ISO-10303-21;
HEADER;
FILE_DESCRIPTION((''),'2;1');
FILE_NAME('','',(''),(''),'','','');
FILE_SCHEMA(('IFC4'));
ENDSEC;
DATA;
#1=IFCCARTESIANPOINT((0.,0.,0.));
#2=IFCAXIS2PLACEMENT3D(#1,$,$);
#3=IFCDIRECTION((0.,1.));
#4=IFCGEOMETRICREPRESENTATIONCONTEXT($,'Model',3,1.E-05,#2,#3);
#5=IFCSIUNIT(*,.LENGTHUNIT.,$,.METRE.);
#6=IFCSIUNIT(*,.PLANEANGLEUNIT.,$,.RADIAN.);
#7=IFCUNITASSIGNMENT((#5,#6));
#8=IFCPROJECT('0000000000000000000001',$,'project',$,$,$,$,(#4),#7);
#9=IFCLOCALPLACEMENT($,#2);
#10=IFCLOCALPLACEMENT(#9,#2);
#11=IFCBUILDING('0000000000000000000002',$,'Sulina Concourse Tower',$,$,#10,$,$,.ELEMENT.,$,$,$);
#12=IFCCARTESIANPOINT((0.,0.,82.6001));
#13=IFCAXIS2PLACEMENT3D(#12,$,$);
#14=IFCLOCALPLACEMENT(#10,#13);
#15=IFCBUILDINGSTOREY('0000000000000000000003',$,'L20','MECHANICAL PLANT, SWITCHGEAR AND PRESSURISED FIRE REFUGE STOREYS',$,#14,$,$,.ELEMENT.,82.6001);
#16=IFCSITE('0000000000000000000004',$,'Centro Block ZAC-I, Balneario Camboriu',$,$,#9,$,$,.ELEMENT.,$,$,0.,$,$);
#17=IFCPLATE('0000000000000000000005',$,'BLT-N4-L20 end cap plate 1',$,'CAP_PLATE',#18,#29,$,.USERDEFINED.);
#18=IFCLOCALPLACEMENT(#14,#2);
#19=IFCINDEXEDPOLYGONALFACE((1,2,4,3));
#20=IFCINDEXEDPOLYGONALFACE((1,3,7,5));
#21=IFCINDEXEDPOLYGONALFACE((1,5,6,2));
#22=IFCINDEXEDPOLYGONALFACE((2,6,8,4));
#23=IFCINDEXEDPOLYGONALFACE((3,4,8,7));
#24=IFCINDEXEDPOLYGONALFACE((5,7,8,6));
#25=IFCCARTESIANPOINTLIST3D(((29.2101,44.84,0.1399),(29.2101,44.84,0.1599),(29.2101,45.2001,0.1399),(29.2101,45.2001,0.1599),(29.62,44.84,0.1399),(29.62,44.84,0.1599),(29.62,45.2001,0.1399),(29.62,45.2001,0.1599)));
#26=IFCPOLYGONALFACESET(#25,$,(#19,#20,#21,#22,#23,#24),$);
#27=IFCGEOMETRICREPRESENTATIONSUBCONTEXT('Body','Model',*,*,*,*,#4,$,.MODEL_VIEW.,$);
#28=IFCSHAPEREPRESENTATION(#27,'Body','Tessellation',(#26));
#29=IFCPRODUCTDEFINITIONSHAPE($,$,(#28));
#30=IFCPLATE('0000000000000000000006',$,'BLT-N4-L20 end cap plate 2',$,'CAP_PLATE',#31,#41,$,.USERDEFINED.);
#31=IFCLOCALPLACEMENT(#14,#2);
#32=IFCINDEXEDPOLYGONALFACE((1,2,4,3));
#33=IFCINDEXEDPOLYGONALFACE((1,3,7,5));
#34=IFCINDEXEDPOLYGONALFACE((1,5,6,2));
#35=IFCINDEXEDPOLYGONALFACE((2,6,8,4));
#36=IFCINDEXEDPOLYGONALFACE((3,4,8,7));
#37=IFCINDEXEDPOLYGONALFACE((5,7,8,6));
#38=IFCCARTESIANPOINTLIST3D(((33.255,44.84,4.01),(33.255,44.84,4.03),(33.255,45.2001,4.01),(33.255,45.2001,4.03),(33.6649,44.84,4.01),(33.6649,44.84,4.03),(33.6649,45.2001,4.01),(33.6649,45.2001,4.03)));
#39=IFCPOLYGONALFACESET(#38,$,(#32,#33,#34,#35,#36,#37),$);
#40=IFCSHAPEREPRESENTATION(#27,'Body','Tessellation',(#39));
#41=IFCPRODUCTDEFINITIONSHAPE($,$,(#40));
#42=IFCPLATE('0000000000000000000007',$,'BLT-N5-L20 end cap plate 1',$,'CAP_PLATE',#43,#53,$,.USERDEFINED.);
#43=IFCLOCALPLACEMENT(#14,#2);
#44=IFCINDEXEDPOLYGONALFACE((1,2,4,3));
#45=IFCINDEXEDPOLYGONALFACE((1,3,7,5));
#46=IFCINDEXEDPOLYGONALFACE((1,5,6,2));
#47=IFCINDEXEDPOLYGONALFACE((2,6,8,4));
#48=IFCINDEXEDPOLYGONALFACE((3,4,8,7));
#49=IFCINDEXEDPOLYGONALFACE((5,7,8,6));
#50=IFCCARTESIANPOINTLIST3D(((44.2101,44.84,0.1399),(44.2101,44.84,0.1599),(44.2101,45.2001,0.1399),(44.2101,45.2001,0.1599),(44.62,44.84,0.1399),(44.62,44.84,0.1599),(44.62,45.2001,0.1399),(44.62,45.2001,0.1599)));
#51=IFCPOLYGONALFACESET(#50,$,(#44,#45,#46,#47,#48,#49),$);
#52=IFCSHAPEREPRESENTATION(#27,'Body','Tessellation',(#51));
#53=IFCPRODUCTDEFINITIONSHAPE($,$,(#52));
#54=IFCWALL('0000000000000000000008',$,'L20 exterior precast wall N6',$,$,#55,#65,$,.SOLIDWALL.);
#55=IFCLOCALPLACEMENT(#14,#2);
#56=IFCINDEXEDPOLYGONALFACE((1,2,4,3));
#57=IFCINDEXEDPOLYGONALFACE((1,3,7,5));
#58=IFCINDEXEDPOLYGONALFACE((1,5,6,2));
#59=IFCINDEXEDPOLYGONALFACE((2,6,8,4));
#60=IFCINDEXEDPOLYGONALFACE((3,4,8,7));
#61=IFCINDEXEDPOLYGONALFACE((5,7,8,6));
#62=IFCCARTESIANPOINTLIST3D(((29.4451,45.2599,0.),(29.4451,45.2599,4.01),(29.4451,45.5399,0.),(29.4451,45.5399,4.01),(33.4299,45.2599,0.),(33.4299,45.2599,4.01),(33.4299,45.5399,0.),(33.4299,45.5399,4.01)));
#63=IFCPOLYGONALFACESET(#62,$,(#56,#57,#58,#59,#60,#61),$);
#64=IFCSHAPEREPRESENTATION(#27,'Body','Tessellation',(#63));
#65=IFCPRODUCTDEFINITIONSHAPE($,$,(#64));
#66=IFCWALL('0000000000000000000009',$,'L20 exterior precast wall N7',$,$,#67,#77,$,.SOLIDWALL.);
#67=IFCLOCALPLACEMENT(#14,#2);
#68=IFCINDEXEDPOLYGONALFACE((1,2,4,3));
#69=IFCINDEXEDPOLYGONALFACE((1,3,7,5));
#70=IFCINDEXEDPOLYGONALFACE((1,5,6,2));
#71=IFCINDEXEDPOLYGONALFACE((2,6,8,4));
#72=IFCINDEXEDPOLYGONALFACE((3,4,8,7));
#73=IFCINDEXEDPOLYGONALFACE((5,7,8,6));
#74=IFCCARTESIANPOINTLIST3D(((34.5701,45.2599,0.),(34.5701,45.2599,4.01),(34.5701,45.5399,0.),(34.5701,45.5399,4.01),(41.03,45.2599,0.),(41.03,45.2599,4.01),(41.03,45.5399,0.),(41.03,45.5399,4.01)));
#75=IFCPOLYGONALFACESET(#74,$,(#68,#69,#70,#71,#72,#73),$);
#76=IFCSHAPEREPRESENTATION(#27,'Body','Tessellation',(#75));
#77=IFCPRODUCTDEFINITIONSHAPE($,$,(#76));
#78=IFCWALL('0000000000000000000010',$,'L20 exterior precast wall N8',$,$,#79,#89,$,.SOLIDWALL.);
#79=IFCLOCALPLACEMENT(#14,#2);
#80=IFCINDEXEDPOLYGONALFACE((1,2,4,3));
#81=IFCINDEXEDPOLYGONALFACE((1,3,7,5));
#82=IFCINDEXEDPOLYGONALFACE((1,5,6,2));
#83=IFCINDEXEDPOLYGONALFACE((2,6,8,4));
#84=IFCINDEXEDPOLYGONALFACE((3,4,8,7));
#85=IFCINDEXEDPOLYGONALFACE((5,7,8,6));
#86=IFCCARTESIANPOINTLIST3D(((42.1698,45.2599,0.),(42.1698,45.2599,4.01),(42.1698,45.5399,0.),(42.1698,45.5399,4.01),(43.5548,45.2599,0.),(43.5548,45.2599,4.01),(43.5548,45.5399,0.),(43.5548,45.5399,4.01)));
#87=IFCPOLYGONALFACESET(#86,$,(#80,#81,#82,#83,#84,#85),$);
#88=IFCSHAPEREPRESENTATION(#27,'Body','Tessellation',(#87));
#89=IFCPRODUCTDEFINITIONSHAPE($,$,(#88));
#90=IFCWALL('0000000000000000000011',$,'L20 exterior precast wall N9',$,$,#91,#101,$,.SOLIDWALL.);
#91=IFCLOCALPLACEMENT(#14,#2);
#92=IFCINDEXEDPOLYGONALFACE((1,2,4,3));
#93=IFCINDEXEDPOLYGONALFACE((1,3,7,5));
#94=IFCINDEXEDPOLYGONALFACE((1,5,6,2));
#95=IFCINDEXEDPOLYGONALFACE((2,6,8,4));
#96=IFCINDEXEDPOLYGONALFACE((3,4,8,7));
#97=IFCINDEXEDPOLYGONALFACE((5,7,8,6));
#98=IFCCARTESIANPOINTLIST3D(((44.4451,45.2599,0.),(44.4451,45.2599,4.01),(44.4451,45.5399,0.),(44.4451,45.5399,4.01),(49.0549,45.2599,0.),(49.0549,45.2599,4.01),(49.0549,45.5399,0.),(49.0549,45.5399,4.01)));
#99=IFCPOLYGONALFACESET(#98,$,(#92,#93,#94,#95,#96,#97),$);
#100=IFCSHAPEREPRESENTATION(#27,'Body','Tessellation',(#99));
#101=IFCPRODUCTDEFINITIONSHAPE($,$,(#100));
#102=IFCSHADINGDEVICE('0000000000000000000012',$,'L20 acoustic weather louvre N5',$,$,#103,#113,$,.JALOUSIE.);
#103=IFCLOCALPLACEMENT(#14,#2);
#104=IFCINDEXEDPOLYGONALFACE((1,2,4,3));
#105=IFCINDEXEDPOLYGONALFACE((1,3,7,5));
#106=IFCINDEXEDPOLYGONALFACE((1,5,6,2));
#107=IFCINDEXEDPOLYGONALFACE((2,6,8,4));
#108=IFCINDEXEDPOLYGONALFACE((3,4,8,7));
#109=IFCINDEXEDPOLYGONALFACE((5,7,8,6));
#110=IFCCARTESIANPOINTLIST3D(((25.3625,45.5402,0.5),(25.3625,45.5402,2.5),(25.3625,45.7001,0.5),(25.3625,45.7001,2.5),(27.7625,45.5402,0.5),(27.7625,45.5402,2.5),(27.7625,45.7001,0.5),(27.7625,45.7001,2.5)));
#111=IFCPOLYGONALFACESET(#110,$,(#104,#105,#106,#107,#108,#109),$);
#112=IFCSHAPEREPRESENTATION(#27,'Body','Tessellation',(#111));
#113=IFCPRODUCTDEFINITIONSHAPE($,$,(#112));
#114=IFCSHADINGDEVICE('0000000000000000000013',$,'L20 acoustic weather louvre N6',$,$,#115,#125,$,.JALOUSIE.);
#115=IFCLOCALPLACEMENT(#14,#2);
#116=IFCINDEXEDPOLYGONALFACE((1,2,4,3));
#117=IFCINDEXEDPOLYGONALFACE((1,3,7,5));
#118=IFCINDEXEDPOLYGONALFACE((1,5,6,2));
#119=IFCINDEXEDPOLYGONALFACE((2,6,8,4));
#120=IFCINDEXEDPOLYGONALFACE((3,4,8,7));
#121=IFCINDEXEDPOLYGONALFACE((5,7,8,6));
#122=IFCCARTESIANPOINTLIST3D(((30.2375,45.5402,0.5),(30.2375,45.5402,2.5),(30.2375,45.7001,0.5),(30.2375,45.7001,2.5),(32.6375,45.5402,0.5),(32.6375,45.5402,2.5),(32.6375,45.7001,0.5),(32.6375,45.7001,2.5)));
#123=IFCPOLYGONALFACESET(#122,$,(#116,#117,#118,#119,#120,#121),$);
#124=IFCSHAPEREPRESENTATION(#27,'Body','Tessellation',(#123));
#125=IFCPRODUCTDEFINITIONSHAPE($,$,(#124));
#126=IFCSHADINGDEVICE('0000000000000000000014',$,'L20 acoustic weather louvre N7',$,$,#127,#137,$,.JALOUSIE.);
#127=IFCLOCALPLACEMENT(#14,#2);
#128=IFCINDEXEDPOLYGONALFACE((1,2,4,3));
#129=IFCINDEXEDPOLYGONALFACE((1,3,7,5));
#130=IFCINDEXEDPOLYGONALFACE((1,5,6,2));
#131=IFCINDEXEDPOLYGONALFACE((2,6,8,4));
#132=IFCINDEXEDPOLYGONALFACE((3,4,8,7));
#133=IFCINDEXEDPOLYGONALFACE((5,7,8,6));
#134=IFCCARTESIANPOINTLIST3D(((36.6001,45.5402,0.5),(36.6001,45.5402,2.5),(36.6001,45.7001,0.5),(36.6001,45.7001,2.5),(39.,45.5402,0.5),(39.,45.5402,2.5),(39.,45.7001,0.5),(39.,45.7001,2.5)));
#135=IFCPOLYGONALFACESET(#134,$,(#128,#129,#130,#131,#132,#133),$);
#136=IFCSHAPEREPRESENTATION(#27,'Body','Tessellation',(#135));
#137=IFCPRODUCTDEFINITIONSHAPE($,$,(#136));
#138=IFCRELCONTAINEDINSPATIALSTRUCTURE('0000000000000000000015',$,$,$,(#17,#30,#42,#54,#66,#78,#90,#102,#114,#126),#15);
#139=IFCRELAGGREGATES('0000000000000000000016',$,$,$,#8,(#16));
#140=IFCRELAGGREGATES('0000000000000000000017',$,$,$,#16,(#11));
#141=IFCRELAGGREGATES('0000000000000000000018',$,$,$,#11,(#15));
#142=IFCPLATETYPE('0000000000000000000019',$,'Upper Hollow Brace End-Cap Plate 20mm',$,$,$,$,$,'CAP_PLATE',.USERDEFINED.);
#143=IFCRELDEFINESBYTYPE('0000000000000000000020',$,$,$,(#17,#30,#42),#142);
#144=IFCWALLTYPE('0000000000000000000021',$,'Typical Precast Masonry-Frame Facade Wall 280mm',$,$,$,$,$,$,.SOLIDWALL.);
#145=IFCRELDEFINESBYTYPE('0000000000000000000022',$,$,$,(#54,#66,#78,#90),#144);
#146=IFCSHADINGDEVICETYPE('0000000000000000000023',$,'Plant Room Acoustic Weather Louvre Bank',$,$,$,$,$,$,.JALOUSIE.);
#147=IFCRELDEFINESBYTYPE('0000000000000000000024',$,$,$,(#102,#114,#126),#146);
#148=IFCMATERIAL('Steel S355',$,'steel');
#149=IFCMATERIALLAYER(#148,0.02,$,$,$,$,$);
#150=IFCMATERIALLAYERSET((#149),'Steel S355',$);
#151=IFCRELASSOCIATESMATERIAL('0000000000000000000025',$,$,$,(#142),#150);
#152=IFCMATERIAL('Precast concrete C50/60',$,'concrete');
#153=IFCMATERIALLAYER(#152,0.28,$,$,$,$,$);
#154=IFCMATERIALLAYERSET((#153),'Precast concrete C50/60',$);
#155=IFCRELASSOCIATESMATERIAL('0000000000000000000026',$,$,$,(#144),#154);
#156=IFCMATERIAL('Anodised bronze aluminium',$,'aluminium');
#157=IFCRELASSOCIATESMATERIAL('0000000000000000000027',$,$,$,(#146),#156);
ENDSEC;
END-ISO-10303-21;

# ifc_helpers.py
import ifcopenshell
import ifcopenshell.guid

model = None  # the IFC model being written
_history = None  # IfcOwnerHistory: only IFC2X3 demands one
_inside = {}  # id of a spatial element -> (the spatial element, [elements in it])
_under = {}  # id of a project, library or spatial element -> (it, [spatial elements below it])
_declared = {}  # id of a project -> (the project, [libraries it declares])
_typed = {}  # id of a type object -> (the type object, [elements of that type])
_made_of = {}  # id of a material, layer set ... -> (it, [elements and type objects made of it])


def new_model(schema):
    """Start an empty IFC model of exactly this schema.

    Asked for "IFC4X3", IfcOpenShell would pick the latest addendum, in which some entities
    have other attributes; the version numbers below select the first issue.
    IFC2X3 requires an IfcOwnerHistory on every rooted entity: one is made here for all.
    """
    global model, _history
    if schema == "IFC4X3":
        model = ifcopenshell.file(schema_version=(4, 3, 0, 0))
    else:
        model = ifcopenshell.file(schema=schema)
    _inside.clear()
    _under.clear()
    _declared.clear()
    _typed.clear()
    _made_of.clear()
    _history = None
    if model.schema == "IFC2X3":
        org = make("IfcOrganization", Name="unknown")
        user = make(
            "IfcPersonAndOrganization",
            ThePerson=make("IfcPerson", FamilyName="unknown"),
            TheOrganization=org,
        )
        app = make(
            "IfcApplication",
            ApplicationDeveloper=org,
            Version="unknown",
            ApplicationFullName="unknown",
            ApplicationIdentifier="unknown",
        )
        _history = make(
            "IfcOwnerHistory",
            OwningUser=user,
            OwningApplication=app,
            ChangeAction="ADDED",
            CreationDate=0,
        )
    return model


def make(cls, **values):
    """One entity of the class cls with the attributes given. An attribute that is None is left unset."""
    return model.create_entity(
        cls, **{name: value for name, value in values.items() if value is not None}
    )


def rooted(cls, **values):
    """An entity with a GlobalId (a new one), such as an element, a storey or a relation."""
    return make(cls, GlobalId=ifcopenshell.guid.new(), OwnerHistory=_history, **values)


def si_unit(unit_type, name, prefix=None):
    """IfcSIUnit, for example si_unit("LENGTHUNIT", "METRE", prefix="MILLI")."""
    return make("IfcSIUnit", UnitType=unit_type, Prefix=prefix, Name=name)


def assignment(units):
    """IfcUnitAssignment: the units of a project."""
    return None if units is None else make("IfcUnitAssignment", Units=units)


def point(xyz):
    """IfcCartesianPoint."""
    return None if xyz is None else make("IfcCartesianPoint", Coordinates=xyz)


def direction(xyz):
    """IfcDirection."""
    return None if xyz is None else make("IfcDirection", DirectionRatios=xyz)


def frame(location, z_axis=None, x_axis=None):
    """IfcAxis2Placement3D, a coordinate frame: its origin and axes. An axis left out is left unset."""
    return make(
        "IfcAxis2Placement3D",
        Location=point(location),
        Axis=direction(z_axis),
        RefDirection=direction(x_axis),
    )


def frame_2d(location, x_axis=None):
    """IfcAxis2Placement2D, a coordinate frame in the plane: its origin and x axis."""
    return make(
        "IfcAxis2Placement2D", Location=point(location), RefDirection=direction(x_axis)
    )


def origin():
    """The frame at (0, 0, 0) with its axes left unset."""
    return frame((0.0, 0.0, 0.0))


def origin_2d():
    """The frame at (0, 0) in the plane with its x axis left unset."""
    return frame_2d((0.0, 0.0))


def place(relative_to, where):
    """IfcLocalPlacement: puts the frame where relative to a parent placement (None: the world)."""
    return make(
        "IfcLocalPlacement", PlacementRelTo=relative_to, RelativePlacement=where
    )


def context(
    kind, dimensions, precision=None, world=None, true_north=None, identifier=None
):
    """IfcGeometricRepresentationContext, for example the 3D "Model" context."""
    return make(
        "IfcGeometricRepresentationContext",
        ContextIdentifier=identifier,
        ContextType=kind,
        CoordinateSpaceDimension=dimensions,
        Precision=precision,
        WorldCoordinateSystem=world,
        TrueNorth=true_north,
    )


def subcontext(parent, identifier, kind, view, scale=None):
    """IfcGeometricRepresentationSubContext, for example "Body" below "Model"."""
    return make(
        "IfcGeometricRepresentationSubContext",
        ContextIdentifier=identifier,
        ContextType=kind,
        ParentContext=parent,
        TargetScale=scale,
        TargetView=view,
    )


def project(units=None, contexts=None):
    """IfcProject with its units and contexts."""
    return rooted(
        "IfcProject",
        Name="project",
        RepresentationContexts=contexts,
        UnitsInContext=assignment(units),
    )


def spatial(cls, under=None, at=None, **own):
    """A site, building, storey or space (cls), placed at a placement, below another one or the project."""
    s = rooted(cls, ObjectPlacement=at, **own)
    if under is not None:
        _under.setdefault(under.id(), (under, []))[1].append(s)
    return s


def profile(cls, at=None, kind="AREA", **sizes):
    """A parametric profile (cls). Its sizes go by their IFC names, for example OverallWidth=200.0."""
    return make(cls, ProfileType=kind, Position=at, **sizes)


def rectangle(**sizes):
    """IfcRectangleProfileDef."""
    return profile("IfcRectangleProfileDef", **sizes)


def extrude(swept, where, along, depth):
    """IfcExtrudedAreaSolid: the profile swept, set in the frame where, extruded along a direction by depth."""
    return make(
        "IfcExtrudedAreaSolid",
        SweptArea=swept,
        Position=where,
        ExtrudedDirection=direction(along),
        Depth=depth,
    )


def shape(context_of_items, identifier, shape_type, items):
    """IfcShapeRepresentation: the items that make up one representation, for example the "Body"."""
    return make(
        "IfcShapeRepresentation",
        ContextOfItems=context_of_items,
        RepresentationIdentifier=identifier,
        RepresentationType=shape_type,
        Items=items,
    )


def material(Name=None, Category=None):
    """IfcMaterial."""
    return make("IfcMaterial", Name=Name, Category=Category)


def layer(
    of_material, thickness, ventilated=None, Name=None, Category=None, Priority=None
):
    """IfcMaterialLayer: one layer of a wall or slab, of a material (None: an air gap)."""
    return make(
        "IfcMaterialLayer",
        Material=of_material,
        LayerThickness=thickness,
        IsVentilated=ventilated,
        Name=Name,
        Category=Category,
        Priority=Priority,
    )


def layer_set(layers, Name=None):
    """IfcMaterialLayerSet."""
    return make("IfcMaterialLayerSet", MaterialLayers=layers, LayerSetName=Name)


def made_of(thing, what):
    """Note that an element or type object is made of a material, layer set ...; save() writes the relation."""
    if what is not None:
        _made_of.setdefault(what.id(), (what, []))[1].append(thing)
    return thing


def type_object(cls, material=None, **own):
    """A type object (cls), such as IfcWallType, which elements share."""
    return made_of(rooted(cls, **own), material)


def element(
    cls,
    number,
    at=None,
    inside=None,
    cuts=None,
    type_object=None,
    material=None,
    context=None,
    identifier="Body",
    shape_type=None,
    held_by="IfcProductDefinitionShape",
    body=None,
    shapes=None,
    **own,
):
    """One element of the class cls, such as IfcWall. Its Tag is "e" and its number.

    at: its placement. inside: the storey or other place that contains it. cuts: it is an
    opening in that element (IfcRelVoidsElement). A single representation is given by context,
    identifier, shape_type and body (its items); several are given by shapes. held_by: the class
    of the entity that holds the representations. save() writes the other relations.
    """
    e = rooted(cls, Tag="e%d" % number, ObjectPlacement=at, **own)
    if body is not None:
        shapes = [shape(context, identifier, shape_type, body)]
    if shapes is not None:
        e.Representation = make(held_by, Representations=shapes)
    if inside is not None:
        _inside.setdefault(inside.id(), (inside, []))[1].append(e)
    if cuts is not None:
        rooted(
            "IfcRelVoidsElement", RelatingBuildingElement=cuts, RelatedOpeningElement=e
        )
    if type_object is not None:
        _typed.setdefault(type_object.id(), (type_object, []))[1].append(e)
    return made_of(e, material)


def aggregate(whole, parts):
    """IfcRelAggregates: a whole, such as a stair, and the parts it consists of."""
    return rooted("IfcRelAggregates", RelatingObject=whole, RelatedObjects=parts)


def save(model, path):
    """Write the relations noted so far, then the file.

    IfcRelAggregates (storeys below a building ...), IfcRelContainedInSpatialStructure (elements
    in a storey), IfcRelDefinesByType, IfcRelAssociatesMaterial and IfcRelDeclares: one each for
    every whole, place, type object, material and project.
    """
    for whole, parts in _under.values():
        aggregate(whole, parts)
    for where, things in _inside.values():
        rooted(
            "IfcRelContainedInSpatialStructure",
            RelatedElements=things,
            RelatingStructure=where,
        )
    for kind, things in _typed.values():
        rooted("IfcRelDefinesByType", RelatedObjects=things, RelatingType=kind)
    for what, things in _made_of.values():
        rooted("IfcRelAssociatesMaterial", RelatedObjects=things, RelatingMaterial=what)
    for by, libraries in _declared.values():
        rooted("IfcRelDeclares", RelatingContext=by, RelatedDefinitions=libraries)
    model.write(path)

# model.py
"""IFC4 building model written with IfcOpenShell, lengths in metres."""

from ifc_helpers import new_model, si_unit, direction, frame, frame_2d, origin, origin_2d, place, context, subcontext, project, spatial, rectangle, extrude, material, layer, layer_set, type_object, element, save


model = new_model("IFC4")

# Units and contexts
model_context = context("Model", 3, precision=1e-05, world=origin(), true_north=direction((0.0, 1.0)))
body_context = subcontext(model_context, "Body", "Model", "MODEL_VIEW")
ifc_project = project(units=[si_unit("LENGTHUNIT", "METRE"), si_unit("PLANEANGLEUNIT", "RADIAN")], contexts=[model_context])

# Site, building, storey
site_placement = place(None, origin())
site = spatial("IfcSite", under=ifc_project, at=site_placement, Name="Centro Block ZAC-I, Balneario Camboriu", CompositionType="ELEMENT", RefElevation=0.0)
building_placement = place(site_placement, origin())
building = spatial("IfcBuilding", under=site, at=building_placement, Name="Sulina Concourse Tower", CompositionType="ELEMENT")
storey_placement = place(building_placement, frame((0.0, 0.0, 82.6001)))
storey = spatial("IfcBuildingStorey", under=building, at=storey_placement, Name="L20", Description="MECHANICAL PLANT, SWITCHGEAR AND PRESSURISED FIRE REFUGE STOREYS", CompositionType="ELEMENT", Elevation=82.6001)

# Plates
ifc_material_1 = material(Name="Steel S355", Category="steel")
ifc_layer_1 = layer(ifc_material_1, 0.02)
ifc_layer_set_1 = layer_set([ifc_layer_1], Name="Steel S355")
plate_type_1 = type_object("IfcPlateType", Name="Upper Hollow Brace End-Cap Plate 20mm", ElementType="CAP_PLATE", PredefinedType="USERDEFINED", material=ifc_layer_set_1)
for number, where, z_axis, x_axis, name in (
    (1, (29.415, 45.02, 0.1399), (0.0, 0.0, 1.0), (1.0, 0.0, 0.0), "BLT-N4-L20 end cap plate 1"),
    (2, (33.46, 45.02, 4.01), (0.0, 0.0, 1.0), (1.0, 0.0, 0.0), "BLT-N4-L20 end cap plate 2"),
    (3, (44.415, 45.02, 0.1399), (0.0, 0.0, 1.0), (1.0, 0.0, 0.0), "BLT-N5-L20 end cap plate 1"),
):
    element("IfcPlate", number, at=place(storey_placement, frame(where, z_axis=z_axis, x_axis=x_axis)), inside=storey, type_object=plate_type_1, Name=name, ObjectType="CAP_PLATE", PredefinedType="USERDEFINED", context=body_context, shape_type="SweptSolid", body=[
        extrude(rectangle(XDim=0.4099, YDim=0.3601, at=origin_2d()), origin(), (0.0, 0.0, 1.0), 0.02),
    ])

# Walls
ifc_material_2 = material(Name="Precast concrete C50/60", Category="concrete")
ifc_layer_2 = layer(ifc_material_2, 0.28)
ifc_layer_set_2 = layer_set([ifc_layer_2], Name="Precast concrete C50/60")
wall_type = type_object("IfcWallType", Name="Typical Precast Masonry-Frame Facade Wall 280mm", PredefinedType="SOLIDWALL", material=ifc_layer_set_2)
wall_1_placement = place(storey_placement, frame((29.4451, 45.3999, 0.0), z_axis=(0.0, 0.0, 1.0), x_axis=(1.0, 0.0, 0.0)))
element("IfcWall", 4, at=wall_1_placement, inside=storey, type_object=wall_type, Name="L20 exterior precast wall N6", PredefinedType="SOLIDWALL", context=body_context, shape_type="SweptSolid", body=[
    extrude(rectangle(XDim=3.9849, YDim=0.28, at=frame_2d((1.9924, 0.0))), origin(), (0.0, 0.0, 1.0), 4.01),
])
wall_2_placement = place(storey_placement, frame((34.5701, 45.3999, 0.0), z_axis=(0.0, 0.0, 1.0), x_axis=(1.0, 0.0, 0.0)))
element("IfcWall", 5, at=wall_2_placement, inside=storey, type_object=wall_type, Name="L20 exterior precast wall N7", PredefinedType="SOLIDWALL", context=body_context, shape_type="SweptSolid", body=[
    extrude(rectangle(XDim=6.46, YDim=0.28, at=frame_2d((3.23, 0.0))), origin(), (0.0, 0.0, 1.0), 4.01),
])
wall_3_placement = place(storey_placement, frame((42.1699, 45.3999, 0.0), z_axis=(0.0, 0.0, 1.0), x_axis=(1.0, 0.0, 0.0)))
element("IfcWall", 6, at=wall_3_placement, inside=storey, type_object=wall_type, Name="L20 exterior precast wall N8", PredefinedType="SOLIDWALL", context=body_context, shape_type="SweptSolid", body=[
    extrude(rectangle(XDim=1.385, YDim=0.28, at=frame_2d((0.6924, 0.0))), origin(), (0.0, 0.0, 1.0), 4.01),
])
wall_4_placement = place(storey_placement, frame((44.4451, 45.3999, 0.0), z_axis=(0.0, 0.0, 1.0), x_axis=(1.0, 0.0, 0.0)))
element("IfcWall", 7, at=wall_4_placement, inside=storey, type_object=wall_type, Name="L20 exterior precast wall N9", PredefinedType="SOLIDWALL", context=body_context, shape_type="SweptSolid", body=[
    extrude(rectangle(XDim=4.6099, YDim=0.28, at=frame_2d((2.3049, 0.0))), origin(), (0.0, 0.0, 1.0), 4.01),
])

# Shading devices
ifc_material_3 = material(Name="Anodised bronze aluminium", Category="aluminium")
shading_device_type = type_object("IfcShadingDeviceType", Name="Plant Room Acoustic Weather Louvre Bank", PredefinedType="JALOUSIE", material=ifc_material_3)
for number, where, z_axis, x_axis, name in (
    (8, (26.5625, 45.6201, 0.5), (0.0, 0.0, 1.0), (1.0, 0.0, 0.0), "L20 acoustic weather louvre N5"),
    (9, (31.4375, 45.6201, 0.5), (0.0, 0.0, 1.0), (1.0, 0.0, 0.0), "L20 acoustic weather louvre N6"),
    (10, (37.8, 45.6201, 0.5), (0.0, 0.0, 1.0), (1.0, 0.0, 0.0), "L20 acoustic weather louvre N7"),
):
    element("IfcShadingDevice", number, at=place(storey_placement, frame(where, z_axis=z_axis, x_axis=x_axis)), inside=storey, type_object=shading_device_type, Name=name, PredefinedType="JALOUSIE", context=body_context, shape_type="SweptSolid", body=[
        extrude(rectangle(XDim=2.3999, YDim=0.1599, at=origin_2d()), origin(), (0.0, 0.0, 1.0), 2.0),
    ])

save(model, "model.ifc")
